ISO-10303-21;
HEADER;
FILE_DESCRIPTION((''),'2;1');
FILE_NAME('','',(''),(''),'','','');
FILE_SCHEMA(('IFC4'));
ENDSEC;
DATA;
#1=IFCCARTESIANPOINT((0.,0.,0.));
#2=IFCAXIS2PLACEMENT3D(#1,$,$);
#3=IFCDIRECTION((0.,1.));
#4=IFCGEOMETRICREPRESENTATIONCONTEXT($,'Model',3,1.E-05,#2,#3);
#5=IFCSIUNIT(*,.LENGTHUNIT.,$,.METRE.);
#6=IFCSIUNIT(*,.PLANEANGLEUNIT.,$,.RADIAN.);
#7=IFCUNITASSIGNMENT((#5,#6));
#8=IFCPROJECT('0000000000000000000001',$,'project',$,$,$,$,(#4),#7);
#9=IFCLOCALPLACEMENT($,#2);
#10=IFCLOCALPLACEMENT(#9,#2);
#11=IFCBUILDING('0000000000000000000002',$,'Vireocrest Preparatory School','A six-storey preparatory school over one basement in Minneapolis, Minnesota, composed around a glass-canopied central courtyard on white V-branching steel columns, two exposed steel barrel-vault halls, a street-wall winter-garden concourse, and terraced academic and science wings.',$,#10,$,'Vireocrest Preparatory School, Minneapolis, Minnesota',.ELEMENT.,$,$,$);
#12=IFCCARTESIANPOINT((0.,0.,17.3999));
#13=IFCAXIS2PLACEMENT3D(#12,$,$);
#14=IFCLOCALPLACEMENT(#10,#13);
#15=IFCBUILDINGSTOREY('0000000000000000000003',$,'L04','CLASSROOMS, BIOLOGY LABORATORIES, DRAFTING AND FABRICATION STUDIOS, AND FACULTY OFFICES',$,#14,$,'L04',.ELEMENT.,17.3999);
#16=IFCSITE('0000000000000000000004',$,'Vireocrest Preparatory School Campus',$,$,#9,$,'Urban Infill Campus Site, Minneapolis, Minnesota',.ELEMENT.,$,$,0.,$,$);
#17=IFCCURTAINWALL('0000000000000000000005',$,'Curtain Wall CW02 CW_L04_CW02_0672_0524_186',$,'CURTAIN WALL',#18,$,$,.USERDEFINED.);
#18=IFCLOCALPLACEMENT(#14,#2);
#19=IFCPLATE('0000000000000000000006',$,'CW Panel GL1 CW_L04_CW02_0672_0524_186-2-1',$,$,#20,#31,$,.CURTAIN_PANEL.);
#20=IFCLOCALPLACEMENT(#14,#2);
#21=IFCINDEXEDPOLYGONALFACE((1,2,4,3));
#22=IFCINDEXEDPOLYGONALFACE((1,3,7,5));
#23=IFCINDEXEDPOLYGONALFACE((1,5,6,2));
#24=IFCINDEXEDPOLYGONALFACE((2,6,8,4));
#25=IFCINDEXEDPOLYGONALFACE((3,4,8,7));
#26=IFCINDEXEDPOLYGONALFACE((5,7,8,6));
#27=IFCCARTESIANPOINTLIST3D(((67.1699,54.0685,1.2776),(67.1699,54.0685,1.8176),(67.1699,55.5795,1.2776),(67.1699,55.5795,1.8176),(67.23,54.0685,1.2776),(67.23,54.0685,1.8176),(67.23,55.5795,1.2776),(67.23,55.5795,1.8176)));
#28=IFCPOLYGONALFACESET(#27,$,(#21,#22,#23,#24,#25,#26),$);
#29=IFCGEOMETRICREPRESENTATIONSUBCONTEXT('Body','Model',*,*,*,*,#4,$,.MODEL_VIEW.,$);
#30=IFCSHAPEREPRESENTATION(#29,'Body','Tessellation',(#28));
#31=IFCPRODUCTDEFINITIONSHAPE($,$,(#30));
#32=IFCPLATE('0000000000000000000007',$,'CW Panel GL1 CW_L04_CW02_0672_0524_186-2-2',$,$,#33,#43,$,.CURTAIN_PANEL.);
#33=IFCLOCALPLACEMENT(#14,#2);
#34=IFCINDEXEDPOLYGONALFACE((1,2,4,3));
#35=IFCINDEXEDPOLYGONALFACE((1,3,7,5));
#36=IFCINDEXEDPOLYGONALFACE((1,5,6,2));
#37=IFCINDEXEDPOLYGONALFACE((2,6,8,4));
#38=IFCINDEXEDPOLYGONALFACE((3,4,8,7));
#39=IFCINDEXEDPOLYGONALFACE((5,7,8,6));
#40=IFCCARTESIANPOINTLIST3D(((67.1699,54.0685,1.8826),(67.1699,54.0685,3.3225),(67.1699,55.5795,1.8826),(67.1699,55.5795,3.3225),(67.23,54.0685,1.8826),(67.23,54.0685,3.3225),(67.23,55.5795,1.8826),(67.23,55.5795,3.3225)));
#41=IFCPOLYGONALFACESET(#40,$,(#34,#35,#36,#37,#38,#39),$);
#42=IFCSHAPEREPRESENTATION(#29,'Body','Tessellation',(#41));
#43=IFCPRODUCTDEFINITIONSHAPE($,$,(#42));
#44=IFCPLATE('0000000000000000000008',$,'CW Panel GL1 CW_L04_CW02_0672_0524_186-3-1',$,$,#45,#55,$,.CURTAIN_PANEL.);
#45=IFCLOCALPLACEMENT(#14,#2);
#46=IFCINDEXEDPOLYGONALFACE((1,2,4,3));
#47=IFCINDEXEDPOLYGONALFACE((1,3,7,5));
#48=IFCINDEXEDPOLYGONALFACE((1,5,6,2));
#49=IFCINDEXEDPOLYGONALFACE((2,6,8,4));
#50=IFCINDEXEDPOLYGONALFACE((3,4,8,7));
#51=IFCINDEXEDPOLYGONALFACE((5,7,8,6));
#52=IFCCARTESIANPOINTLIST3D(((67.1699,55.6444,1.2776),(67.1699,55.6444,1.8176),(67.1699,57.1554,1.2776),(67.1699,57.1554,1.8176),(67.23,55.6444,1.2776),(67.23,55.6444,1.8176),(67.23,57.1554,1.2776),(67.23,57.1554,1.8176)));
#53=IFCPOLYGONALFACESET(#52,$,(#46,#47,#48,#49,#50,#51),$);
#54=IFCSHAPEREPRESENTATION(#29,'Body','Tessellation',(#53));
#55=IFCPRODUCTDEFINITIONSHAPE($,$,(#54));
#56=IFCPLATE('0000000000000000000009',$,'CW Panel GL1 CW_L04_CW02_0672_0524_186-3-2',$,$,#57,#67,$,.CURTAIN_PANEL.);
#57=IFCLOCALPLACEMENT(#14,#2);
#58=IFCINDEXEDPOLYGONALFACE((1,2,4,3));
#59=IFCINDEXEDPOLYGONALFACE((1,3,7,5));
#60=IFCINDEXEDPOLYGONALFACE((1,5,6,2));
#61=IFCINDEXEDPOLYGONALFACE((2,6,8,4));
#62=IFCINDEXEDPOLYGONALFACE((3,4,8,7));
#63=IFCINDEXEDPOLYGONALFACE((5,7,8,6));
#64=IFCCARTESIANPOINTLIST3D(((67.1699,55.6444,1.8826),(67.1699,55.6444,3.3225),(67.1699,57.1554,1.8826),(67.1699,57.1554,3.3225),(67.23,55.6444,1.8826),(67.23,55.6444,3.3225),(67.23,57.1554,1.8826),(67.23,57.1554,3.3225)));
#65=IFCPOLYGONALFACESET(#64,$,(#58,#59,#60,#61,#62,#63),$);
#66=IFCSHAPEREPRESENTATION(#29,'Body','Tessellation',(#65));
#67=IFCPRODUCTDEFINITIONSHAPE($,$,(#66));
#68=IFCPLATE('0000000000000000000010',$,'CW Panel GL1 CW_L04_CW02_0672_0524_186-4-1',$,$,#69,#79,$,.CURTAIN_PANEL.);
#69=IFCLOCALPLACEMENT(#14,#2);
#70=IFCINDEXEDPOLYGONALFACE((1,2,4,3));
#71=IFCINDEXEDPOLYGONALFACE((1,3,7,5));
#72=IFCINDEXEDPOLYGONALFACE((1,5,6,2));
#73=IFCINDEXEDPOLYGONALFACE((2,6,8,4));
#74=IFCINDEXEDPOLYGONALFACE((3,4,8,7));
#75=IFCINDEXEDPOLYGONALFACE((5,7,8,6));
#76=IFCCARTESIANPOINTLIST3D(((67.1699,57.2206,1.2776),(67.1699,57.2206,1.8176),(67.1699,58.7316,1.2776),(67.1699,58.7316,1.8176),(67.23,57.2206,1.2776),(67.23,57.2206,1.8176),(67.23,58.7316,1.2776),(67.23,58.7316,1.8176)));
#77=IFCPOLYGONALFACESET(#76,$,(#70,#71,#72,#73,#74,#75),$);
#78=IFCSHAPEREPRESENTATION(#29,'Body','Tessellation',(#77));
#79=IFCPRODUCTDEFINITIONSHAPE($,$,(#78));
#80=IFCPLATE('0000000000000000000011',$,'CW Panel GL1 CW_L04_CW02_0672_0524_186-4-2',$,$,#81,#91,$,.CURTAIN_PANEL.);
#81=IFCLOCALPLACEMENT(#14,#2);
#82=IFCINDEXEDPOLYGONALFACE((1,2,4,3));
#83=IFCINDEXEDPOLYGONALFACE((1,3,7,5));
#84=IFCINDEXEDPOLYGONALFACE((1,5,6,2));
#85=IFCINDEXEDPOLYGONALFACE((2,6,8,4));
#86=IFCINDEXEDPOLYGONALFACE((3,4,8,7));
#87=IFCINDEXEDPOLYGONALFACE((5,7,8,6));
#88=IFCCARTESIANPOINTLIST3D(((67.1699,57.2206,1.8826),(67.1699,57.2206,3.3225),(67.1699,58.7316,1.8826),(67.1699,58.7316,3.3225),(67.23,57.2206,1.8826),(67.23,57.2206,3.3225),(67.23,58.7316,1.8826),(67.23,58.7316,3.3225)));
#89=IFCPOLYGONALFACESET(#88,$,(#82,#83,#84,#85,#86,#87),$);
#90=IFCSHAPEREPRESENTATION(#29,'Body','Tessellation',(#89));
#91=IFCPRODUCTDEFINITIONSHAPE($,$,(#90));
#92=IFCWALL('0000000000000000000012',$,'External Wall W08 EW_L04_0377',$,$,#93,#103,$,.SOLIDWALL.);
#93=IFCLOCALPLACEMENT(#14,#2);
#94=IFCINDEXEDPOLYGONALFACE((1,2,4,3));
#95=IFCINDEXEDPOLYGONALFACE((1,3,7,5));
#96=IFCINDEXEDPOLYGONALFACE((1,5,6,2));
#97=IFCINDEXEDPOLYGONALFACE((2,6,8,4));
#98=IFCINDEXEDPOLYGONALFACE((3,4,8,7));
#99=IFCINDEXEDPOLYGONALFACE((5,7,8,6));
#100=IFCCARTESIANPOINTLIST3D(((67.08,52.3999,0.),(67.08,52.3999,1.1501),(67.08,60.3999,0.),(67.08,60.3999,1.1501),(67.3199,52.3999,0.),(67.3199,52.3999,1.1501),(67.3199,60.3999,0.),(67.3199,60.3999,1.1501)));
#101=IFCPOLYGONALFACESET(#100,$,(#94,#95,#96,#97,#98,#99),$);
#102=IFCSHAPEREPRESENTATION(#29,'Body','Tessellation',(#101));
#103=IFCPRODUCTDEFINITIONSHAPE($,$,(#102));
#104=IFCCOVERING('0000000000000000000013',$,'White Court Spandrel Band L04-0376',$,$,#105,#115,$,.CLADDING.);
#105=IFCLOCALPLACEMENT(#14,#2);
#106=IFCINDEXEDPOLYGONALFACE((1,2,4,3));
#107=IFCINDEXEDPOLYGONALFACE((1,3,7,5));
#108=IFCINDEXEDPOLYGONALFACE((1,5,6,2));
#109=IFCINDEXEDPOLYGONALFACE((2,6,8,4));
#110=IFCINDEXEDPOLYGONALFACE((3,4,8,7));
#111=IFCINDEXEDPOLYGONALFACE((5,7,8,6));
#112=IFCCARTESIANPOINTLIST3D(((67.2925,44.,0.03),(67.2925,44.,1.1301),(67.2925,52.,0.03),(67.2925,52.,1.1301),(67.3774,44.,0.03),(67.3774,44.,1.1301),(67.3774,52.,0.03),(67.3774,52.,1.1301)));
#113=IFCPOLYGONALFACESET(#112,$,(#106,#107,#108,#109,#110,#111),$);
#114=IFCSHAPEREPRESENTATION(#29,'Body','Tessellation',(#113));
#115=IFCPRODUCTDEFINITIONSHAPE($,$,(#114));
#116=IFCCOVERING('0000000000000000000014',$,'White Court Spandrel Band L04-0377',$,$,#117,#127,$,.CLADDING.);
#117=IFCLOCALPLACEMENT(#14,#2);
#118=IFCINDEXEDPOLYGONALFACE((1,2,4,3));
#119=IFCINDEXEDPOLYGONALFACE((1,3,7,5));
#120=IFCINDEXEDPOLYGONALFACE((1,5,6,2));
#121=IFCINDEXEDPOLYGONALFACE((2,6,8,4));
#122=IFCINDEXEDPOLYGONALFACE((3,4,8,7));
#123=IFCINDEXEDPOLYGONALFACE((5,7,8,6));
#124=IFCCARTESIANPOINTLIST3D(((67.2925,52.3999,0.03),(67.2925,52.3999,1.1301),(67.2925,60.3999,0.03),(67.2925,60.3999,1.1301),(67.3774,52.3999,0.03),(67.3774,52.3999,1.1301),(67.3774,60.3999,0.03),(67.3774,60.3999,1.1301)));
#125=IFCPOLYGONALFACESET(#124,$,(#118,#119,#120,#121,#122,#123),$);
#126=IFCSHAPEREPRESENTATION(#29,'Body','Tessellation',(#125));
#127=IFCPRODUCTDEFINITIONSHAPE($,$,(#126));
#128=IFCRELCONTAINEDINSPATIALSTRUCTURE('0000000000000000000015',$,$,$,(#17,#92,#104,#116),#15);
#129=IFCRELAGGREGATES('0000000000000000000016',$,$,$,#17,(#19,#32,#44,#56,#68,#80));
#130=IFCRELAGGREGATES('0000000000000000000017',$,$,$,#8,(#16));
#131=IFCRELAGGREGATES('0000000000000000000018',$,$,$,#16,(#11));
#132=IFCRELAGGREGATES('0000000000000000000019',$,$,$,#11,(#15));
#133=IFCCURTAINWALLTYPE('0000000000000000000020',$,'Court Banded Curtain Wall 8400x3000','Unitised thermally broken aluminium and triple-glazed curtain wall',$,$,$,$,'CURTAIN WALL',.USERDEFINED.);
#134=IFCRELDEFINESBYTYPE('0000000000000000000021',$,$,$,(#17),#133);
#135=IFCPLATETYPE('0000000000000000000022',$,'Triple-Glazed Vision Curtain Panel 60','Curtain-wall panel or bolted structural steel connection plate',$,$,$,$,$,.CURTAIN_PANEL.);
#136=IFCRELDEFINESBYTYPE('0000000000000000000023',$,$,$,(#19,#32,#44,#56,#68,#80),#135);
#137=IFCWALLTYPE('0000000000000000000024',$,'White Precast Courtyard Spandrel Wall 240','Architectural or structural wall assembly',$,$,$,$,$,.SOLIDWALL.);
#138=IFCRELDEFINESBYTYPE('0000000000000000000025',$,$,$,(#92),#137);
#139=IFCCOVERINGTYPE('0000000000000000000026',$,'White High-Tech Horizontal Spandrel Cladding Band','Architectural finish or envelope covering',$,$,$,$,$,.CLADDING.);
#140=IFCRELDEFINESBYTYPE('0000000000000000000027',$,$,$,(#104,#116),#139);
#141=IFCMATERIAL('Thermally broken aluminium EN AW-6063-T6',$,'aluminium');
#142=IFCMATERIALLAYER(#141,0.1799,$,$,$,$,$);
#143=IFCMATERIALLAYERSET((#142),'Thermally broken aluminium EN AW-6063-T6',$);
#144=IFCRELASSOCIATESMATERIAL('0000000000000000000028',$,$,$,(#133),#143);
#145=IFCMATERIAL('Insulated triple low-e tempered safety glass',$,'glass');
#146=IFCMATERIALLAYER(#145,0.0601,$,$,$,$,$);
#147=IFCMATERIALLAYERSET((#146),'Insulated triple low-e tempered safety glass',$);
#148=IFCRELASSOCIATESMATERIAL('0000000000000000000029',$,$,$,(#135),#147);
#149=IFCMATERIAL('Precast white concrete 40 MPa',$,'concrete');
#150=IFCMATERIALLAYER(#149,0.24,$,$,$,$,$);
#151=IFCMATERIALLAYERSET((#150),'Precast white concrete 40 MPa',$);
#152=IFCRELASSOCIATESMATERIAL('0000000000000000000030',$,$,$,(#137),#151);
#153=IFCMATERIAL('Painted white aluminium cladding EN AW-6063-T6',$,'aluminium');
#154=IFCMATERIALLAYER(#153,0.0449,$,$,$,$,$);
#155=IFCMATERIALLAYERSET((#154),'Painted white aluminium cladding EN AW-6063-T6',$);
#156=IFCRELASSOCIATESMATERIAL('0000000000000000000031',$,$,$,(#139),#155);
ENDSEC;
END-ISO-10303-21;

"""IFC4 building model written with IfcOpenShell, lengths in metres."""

from ifc_helpers import new_model, si_unit, direction, frame, frame_2d, origin, origin_2d, place, context, subcontext, project, spatial, rectangle, extrude, material, layer, layer_set, type_object, element, aggregate, save


model = new_model("IFC4")

# Units and contexts
model_context = context("Model", 3, precision=1e-05, world=origin(), true_north=direction((0.0, 1.0)))
body_context = subcontext(model_context, "Body", "Model", "MODEL_VIEW")
ifc_project = project(units=[si_unit("LENGTHUNIT", "METRE"), si_unit("PLANEANGLEUNIT", "RADIAN")], contexts=[model_context])

# Site, building, storey
site_placement = place(None, origin())
site = spatial("IfcSite", under=ifc_project, at=site_placement, Name="Vireocrest Preparatory School Campus", LongName="Urban Infill Campus Site, Minneapolis, Minnesota", CompositionType="ELEMENT", RefElevation=0.0)
building_placement = place(site_placement, origin())
building = spatial("IfcBuilding", under=site, at=building_placement, Name="Vireocrest Preparatory School", Description="A six-storey preparatory school over one basement in Minneapolis, Minnesota, composed around a glass-canopied central courtyard on white V-branching steel columns, two exposed steel barrel-vault halls, a street-wall winter-garden concourse, and terraced academic and science wings.", LongName="Vireocrest Preparatory School, Minneapolis, Minnesota", CompositionType="ELEMENT")
storey_placement = place(building_placement, frame((0.0, 0.0, 17.3999)))
storey = spatial("IfcBuildingStorey", under=building, at=storey_placement, Name="L04", Description="CLASSROOMS, BIOLOGY LABORATORIES, DRAFTING AND FABRICATION STUDIOS, AND FACULTY OFFICES", LongName="L04", CompositionType="ELEMENT", Elevation=17.3999)

# Curtain wall
ifc_material_1 = material(Name="Thermally broken aluminium EN AW-6063-T6", Category="aluminium")
ifc_layer_1 = layer(ifc_material_1, 0.1799)
ifc_layer_set_1 = layer_set([ifc_layer_1], Name="Thermally broken aluminium EN AW-6063-T6")
curtain_wall_type = type_object("IfcCurtainWallType", Name="Court Banded Curtain Wall 8400x3000", Description="Unitised thermally broken aluminium and triple-glazed curtain wall", ElementType="CURTAIN WALL", PredefinedType="USERDEFINED", material=ifc_layer_set_1)
curtain_wall_1_placement = place(storey_placement, origin())
curtain_wall_1 = element("IfcCurtainWall", 1, at=curtain_wall_1_placement, inside=storey, type_object=curtain_wall_type, Name="Curtain Wall CW02 CW_L04_CW02_0672_0524_186", ObjectType="CURTAIN WALL", PredefinedType="USERDEFINED")

# Plates
ifc_material_2 = material(Name="Insulated triple low-e tempered safety glass", Category="glass")
ifc_layer_2 = layer(ifc_material_2, 0.0601)
ifc_layer_set_2 = layer_set([ifc_layer_2], Name="Insulated triple low-e tempered safety glass")
plate_type = type_object("IfcPlateType", Name="Triple-Glazed Vision Curtain Panel 60", Description="Curtain-wall panel or bolted structural steel connection plate", PredefinedType="CURTAIN_PANEL", material=ifc_layer_set_2)
plate_1_placement = place(storey_placement, frame((67.2, 54.824, 1.2776), z_axis=(0.0, 0.0, 1.0), x_axis=(0.0, 1.0, 0.0)))
plate_1 = element("IfcPlate", 2, at=plate_1_placement, type_object=plate_type, Name="CW Panel GL1 CW_L04_CW02_0672_0524_186-2-1", PredefinedType="CURTAIN_PANEL", context=body_context, shape_type="SweptSolid", body=[
    extrude(rectangle(XDim=1.511, YDim=0.0601, at=origin_2d()), origin(), (0.0, 0.0, 1.0), 0.54),
])
plate_2_placement = place(storey_placement, frame((67.2, 54.824, 1.8826), z_axis=(0.0, 0.0, 1.0), x_axis=(0.0, 1.0, 0.0)))
plate_2 = element("IfcPlate", 3, at=plate_2_placement, type_object=plate_type, Name="CW Panel GL1 CW_L04_CW02_0672_0524_186-2-2", PredefinedType="CURTAIN_PANEL", context=body_context, shape_type="SweptSolid", body=[
    extrude(rectangle(XDim=1.511, YDim=0.0601, at=origin_2d()), origin(), (0.0, 0.0, 1.0), 1.4399),
])
plate_3_placement = place(storey_placement, frame((67.2, 56.3999, 1.2776), z_axis=(0.0, 0.0, 1.0), x_axis=(0.0, 1.0, 0.0)))
plate_3 = element("IfcPlate", 4, at=plate_3_placement, type_object=plate_type, Name="CW Panel GL1 CW_L04_CW02_0672_0524_186-3-1", PredefinedType="CURTAIN_PANEL", context=body_context, shape_type="SweptSolid", body=[
    extrude(rectangle(XDim=1.511, YDim=0.0601, at=origin_2d()), origin(), (0.0, 0.0, 1.0), 0.54),
])
plate_4_placement = place(storey_placement, frame((67.2, 56.3999, 1.8826), z_axis=(0.0, 0.0, 1.0), x_axis=(0.0, 1.0, 0.0)))
plate_4 = element("IfcPlate", 5, at=plate_4_placement, type_object=plate_type, Name="CW Panel GL1 CW_L04_CW02_0672_0524_186-3-2", PredefinedType="CURTAIN_PANEL", context=body_context, shape_type="SweptSolid", body=[
    extrude(rectangle(XDim=1.511, YDim=0.0601, at=origin_2d()), origin(), (0.0, 0.0, 1.0), 1.4399),
])
plate_5_placement = place(storey_placement, frame((67.2, 57.9761, 1.2776), z_axis=(0.0, 0.0, 1.0), x_axis=(0.0, 1.0, 0.0)))
plate_5 = element("IfcPlate", 6, at=plate_5_placement, type_object=plate_type, Name="CW Panel GL1 CW_L04_CW02_0672_0524_186-4-1", PredefinedType="CURTAIN_PANEL", context=body_context, shape_type="SweptSolid", body=[
    extrude(rectangle(XDim=1.511, YDim=0.0601, at=origin_2d()), origin(), (0.0, 0.0, 1.0), 0.54),
])
plate_6_placement = place(storey_placement, frame((67.2, 57.9761, 1.8826), z_axis=(0.0, 0.0, 1.0), x_axis=(0.0, 1.0, 0.0)))
plate_6 = element("IfcPlate", 7, at=plate_6_placement, type_object=plate_type, Name="CW Panel GL1 CW_L04_CW02_0672_0524_186-4-2", PredefinedType="CURTAIN_PANEL", context=body_context, shape_type="SweptSolid", body=[
    extrude(rectangle(XDim=1.511, YDim=0.0601, at=origin_2d()), origin(), (0.0, 0.0, 1.0), 1.4399),
])
aggregate(curtain_wall_1, [plate_1, plate_2, plate_3, plate_4, plate_5, plate_6])

# Wall
ifc_material_3 = material(Name="Precast white concrete 40 MPa", Category="concrete")
ifc_layer_3 = layer(ifc_material_3, 0.24)
ifc_layer_set_3 = layer_set([ifc_layer_3], Name="Precast white concrete 40 MPa")
wall_type = type_object("IfcWallType", Name="White Precast Courtyard Spandrel Wall 240", Description="Architectural or structural wall assembly", PredefinedType="SOLIDWALL", material=ifc_layer_set_3)
wall_placement = place(storey_placement, frame((67.2, 52.3999, 0.0), z_axis=(0.0, 0.0, 1.0), x_axis=(0.0, 1.0, 0.0)))
element("IfcWall", 8, at=wall_placement, inside=storey, type_object=wall_type, Name="External Wall W08 EW_L04_0377", PredefinedType="SOLIDWALL", context=body_context, shape_type="SweptSolid", body=[
    extrude(rectangle(XDim=8.0, YDim=0.24, at=frame_2d((4.0, 0.0))), origin(), (0.0, 0.0, 1.0), 1.1501),
])

# Coverings
ifc_material_4 = material(Name="Painted white aluminium cladding EN AW-6063-T6", Category="aluminium")
ifc_layer_4 = layer(ifc_material_4, 0.0449)
ifc_layer_set_4 = layer_set([ifc_layer_4], Name="Painted white aluminium cladding EN AW-6063-T6")
covering_type = type_object("IfcCoveringType", Name="White High-Tech Horizontal Spandrel Cladding Band", Description="Architectural finish or envelope covering", PredefinedType="CLADDING", material=ifc_layer_set_4)
for number, where, z_axis, x_axis, name in (
    (9, (67.335, 48.0, 0.03), (0.0, 0.0, 1.0), (1.0, 0.0, 0.0), "White Court Spandrel Band L04-0376"),
    (10, (67.335, 56.3999, 0.03), (0.0, 0.0, 1.0), (1.0, 0.0, 0.0), "White Court Spandrel Band L04-0377"),
):
    element("IfcCovering", number, at=place(storey_placement, frame(where, z_axis=z_axis, x_axis=x_axis)), inside=storey, type_object=covering_type, Name=name, PredefinedType="CLADDING", context=body_context, shape_type="SweptSolid", body=[
        extrude(rectangle(XDim=0.085, YDim=8.0, at=origin_2d()), origin(), (0.0, 0.0, 1.0), 1.1001),
    ])

save(model, "model.ifc")
